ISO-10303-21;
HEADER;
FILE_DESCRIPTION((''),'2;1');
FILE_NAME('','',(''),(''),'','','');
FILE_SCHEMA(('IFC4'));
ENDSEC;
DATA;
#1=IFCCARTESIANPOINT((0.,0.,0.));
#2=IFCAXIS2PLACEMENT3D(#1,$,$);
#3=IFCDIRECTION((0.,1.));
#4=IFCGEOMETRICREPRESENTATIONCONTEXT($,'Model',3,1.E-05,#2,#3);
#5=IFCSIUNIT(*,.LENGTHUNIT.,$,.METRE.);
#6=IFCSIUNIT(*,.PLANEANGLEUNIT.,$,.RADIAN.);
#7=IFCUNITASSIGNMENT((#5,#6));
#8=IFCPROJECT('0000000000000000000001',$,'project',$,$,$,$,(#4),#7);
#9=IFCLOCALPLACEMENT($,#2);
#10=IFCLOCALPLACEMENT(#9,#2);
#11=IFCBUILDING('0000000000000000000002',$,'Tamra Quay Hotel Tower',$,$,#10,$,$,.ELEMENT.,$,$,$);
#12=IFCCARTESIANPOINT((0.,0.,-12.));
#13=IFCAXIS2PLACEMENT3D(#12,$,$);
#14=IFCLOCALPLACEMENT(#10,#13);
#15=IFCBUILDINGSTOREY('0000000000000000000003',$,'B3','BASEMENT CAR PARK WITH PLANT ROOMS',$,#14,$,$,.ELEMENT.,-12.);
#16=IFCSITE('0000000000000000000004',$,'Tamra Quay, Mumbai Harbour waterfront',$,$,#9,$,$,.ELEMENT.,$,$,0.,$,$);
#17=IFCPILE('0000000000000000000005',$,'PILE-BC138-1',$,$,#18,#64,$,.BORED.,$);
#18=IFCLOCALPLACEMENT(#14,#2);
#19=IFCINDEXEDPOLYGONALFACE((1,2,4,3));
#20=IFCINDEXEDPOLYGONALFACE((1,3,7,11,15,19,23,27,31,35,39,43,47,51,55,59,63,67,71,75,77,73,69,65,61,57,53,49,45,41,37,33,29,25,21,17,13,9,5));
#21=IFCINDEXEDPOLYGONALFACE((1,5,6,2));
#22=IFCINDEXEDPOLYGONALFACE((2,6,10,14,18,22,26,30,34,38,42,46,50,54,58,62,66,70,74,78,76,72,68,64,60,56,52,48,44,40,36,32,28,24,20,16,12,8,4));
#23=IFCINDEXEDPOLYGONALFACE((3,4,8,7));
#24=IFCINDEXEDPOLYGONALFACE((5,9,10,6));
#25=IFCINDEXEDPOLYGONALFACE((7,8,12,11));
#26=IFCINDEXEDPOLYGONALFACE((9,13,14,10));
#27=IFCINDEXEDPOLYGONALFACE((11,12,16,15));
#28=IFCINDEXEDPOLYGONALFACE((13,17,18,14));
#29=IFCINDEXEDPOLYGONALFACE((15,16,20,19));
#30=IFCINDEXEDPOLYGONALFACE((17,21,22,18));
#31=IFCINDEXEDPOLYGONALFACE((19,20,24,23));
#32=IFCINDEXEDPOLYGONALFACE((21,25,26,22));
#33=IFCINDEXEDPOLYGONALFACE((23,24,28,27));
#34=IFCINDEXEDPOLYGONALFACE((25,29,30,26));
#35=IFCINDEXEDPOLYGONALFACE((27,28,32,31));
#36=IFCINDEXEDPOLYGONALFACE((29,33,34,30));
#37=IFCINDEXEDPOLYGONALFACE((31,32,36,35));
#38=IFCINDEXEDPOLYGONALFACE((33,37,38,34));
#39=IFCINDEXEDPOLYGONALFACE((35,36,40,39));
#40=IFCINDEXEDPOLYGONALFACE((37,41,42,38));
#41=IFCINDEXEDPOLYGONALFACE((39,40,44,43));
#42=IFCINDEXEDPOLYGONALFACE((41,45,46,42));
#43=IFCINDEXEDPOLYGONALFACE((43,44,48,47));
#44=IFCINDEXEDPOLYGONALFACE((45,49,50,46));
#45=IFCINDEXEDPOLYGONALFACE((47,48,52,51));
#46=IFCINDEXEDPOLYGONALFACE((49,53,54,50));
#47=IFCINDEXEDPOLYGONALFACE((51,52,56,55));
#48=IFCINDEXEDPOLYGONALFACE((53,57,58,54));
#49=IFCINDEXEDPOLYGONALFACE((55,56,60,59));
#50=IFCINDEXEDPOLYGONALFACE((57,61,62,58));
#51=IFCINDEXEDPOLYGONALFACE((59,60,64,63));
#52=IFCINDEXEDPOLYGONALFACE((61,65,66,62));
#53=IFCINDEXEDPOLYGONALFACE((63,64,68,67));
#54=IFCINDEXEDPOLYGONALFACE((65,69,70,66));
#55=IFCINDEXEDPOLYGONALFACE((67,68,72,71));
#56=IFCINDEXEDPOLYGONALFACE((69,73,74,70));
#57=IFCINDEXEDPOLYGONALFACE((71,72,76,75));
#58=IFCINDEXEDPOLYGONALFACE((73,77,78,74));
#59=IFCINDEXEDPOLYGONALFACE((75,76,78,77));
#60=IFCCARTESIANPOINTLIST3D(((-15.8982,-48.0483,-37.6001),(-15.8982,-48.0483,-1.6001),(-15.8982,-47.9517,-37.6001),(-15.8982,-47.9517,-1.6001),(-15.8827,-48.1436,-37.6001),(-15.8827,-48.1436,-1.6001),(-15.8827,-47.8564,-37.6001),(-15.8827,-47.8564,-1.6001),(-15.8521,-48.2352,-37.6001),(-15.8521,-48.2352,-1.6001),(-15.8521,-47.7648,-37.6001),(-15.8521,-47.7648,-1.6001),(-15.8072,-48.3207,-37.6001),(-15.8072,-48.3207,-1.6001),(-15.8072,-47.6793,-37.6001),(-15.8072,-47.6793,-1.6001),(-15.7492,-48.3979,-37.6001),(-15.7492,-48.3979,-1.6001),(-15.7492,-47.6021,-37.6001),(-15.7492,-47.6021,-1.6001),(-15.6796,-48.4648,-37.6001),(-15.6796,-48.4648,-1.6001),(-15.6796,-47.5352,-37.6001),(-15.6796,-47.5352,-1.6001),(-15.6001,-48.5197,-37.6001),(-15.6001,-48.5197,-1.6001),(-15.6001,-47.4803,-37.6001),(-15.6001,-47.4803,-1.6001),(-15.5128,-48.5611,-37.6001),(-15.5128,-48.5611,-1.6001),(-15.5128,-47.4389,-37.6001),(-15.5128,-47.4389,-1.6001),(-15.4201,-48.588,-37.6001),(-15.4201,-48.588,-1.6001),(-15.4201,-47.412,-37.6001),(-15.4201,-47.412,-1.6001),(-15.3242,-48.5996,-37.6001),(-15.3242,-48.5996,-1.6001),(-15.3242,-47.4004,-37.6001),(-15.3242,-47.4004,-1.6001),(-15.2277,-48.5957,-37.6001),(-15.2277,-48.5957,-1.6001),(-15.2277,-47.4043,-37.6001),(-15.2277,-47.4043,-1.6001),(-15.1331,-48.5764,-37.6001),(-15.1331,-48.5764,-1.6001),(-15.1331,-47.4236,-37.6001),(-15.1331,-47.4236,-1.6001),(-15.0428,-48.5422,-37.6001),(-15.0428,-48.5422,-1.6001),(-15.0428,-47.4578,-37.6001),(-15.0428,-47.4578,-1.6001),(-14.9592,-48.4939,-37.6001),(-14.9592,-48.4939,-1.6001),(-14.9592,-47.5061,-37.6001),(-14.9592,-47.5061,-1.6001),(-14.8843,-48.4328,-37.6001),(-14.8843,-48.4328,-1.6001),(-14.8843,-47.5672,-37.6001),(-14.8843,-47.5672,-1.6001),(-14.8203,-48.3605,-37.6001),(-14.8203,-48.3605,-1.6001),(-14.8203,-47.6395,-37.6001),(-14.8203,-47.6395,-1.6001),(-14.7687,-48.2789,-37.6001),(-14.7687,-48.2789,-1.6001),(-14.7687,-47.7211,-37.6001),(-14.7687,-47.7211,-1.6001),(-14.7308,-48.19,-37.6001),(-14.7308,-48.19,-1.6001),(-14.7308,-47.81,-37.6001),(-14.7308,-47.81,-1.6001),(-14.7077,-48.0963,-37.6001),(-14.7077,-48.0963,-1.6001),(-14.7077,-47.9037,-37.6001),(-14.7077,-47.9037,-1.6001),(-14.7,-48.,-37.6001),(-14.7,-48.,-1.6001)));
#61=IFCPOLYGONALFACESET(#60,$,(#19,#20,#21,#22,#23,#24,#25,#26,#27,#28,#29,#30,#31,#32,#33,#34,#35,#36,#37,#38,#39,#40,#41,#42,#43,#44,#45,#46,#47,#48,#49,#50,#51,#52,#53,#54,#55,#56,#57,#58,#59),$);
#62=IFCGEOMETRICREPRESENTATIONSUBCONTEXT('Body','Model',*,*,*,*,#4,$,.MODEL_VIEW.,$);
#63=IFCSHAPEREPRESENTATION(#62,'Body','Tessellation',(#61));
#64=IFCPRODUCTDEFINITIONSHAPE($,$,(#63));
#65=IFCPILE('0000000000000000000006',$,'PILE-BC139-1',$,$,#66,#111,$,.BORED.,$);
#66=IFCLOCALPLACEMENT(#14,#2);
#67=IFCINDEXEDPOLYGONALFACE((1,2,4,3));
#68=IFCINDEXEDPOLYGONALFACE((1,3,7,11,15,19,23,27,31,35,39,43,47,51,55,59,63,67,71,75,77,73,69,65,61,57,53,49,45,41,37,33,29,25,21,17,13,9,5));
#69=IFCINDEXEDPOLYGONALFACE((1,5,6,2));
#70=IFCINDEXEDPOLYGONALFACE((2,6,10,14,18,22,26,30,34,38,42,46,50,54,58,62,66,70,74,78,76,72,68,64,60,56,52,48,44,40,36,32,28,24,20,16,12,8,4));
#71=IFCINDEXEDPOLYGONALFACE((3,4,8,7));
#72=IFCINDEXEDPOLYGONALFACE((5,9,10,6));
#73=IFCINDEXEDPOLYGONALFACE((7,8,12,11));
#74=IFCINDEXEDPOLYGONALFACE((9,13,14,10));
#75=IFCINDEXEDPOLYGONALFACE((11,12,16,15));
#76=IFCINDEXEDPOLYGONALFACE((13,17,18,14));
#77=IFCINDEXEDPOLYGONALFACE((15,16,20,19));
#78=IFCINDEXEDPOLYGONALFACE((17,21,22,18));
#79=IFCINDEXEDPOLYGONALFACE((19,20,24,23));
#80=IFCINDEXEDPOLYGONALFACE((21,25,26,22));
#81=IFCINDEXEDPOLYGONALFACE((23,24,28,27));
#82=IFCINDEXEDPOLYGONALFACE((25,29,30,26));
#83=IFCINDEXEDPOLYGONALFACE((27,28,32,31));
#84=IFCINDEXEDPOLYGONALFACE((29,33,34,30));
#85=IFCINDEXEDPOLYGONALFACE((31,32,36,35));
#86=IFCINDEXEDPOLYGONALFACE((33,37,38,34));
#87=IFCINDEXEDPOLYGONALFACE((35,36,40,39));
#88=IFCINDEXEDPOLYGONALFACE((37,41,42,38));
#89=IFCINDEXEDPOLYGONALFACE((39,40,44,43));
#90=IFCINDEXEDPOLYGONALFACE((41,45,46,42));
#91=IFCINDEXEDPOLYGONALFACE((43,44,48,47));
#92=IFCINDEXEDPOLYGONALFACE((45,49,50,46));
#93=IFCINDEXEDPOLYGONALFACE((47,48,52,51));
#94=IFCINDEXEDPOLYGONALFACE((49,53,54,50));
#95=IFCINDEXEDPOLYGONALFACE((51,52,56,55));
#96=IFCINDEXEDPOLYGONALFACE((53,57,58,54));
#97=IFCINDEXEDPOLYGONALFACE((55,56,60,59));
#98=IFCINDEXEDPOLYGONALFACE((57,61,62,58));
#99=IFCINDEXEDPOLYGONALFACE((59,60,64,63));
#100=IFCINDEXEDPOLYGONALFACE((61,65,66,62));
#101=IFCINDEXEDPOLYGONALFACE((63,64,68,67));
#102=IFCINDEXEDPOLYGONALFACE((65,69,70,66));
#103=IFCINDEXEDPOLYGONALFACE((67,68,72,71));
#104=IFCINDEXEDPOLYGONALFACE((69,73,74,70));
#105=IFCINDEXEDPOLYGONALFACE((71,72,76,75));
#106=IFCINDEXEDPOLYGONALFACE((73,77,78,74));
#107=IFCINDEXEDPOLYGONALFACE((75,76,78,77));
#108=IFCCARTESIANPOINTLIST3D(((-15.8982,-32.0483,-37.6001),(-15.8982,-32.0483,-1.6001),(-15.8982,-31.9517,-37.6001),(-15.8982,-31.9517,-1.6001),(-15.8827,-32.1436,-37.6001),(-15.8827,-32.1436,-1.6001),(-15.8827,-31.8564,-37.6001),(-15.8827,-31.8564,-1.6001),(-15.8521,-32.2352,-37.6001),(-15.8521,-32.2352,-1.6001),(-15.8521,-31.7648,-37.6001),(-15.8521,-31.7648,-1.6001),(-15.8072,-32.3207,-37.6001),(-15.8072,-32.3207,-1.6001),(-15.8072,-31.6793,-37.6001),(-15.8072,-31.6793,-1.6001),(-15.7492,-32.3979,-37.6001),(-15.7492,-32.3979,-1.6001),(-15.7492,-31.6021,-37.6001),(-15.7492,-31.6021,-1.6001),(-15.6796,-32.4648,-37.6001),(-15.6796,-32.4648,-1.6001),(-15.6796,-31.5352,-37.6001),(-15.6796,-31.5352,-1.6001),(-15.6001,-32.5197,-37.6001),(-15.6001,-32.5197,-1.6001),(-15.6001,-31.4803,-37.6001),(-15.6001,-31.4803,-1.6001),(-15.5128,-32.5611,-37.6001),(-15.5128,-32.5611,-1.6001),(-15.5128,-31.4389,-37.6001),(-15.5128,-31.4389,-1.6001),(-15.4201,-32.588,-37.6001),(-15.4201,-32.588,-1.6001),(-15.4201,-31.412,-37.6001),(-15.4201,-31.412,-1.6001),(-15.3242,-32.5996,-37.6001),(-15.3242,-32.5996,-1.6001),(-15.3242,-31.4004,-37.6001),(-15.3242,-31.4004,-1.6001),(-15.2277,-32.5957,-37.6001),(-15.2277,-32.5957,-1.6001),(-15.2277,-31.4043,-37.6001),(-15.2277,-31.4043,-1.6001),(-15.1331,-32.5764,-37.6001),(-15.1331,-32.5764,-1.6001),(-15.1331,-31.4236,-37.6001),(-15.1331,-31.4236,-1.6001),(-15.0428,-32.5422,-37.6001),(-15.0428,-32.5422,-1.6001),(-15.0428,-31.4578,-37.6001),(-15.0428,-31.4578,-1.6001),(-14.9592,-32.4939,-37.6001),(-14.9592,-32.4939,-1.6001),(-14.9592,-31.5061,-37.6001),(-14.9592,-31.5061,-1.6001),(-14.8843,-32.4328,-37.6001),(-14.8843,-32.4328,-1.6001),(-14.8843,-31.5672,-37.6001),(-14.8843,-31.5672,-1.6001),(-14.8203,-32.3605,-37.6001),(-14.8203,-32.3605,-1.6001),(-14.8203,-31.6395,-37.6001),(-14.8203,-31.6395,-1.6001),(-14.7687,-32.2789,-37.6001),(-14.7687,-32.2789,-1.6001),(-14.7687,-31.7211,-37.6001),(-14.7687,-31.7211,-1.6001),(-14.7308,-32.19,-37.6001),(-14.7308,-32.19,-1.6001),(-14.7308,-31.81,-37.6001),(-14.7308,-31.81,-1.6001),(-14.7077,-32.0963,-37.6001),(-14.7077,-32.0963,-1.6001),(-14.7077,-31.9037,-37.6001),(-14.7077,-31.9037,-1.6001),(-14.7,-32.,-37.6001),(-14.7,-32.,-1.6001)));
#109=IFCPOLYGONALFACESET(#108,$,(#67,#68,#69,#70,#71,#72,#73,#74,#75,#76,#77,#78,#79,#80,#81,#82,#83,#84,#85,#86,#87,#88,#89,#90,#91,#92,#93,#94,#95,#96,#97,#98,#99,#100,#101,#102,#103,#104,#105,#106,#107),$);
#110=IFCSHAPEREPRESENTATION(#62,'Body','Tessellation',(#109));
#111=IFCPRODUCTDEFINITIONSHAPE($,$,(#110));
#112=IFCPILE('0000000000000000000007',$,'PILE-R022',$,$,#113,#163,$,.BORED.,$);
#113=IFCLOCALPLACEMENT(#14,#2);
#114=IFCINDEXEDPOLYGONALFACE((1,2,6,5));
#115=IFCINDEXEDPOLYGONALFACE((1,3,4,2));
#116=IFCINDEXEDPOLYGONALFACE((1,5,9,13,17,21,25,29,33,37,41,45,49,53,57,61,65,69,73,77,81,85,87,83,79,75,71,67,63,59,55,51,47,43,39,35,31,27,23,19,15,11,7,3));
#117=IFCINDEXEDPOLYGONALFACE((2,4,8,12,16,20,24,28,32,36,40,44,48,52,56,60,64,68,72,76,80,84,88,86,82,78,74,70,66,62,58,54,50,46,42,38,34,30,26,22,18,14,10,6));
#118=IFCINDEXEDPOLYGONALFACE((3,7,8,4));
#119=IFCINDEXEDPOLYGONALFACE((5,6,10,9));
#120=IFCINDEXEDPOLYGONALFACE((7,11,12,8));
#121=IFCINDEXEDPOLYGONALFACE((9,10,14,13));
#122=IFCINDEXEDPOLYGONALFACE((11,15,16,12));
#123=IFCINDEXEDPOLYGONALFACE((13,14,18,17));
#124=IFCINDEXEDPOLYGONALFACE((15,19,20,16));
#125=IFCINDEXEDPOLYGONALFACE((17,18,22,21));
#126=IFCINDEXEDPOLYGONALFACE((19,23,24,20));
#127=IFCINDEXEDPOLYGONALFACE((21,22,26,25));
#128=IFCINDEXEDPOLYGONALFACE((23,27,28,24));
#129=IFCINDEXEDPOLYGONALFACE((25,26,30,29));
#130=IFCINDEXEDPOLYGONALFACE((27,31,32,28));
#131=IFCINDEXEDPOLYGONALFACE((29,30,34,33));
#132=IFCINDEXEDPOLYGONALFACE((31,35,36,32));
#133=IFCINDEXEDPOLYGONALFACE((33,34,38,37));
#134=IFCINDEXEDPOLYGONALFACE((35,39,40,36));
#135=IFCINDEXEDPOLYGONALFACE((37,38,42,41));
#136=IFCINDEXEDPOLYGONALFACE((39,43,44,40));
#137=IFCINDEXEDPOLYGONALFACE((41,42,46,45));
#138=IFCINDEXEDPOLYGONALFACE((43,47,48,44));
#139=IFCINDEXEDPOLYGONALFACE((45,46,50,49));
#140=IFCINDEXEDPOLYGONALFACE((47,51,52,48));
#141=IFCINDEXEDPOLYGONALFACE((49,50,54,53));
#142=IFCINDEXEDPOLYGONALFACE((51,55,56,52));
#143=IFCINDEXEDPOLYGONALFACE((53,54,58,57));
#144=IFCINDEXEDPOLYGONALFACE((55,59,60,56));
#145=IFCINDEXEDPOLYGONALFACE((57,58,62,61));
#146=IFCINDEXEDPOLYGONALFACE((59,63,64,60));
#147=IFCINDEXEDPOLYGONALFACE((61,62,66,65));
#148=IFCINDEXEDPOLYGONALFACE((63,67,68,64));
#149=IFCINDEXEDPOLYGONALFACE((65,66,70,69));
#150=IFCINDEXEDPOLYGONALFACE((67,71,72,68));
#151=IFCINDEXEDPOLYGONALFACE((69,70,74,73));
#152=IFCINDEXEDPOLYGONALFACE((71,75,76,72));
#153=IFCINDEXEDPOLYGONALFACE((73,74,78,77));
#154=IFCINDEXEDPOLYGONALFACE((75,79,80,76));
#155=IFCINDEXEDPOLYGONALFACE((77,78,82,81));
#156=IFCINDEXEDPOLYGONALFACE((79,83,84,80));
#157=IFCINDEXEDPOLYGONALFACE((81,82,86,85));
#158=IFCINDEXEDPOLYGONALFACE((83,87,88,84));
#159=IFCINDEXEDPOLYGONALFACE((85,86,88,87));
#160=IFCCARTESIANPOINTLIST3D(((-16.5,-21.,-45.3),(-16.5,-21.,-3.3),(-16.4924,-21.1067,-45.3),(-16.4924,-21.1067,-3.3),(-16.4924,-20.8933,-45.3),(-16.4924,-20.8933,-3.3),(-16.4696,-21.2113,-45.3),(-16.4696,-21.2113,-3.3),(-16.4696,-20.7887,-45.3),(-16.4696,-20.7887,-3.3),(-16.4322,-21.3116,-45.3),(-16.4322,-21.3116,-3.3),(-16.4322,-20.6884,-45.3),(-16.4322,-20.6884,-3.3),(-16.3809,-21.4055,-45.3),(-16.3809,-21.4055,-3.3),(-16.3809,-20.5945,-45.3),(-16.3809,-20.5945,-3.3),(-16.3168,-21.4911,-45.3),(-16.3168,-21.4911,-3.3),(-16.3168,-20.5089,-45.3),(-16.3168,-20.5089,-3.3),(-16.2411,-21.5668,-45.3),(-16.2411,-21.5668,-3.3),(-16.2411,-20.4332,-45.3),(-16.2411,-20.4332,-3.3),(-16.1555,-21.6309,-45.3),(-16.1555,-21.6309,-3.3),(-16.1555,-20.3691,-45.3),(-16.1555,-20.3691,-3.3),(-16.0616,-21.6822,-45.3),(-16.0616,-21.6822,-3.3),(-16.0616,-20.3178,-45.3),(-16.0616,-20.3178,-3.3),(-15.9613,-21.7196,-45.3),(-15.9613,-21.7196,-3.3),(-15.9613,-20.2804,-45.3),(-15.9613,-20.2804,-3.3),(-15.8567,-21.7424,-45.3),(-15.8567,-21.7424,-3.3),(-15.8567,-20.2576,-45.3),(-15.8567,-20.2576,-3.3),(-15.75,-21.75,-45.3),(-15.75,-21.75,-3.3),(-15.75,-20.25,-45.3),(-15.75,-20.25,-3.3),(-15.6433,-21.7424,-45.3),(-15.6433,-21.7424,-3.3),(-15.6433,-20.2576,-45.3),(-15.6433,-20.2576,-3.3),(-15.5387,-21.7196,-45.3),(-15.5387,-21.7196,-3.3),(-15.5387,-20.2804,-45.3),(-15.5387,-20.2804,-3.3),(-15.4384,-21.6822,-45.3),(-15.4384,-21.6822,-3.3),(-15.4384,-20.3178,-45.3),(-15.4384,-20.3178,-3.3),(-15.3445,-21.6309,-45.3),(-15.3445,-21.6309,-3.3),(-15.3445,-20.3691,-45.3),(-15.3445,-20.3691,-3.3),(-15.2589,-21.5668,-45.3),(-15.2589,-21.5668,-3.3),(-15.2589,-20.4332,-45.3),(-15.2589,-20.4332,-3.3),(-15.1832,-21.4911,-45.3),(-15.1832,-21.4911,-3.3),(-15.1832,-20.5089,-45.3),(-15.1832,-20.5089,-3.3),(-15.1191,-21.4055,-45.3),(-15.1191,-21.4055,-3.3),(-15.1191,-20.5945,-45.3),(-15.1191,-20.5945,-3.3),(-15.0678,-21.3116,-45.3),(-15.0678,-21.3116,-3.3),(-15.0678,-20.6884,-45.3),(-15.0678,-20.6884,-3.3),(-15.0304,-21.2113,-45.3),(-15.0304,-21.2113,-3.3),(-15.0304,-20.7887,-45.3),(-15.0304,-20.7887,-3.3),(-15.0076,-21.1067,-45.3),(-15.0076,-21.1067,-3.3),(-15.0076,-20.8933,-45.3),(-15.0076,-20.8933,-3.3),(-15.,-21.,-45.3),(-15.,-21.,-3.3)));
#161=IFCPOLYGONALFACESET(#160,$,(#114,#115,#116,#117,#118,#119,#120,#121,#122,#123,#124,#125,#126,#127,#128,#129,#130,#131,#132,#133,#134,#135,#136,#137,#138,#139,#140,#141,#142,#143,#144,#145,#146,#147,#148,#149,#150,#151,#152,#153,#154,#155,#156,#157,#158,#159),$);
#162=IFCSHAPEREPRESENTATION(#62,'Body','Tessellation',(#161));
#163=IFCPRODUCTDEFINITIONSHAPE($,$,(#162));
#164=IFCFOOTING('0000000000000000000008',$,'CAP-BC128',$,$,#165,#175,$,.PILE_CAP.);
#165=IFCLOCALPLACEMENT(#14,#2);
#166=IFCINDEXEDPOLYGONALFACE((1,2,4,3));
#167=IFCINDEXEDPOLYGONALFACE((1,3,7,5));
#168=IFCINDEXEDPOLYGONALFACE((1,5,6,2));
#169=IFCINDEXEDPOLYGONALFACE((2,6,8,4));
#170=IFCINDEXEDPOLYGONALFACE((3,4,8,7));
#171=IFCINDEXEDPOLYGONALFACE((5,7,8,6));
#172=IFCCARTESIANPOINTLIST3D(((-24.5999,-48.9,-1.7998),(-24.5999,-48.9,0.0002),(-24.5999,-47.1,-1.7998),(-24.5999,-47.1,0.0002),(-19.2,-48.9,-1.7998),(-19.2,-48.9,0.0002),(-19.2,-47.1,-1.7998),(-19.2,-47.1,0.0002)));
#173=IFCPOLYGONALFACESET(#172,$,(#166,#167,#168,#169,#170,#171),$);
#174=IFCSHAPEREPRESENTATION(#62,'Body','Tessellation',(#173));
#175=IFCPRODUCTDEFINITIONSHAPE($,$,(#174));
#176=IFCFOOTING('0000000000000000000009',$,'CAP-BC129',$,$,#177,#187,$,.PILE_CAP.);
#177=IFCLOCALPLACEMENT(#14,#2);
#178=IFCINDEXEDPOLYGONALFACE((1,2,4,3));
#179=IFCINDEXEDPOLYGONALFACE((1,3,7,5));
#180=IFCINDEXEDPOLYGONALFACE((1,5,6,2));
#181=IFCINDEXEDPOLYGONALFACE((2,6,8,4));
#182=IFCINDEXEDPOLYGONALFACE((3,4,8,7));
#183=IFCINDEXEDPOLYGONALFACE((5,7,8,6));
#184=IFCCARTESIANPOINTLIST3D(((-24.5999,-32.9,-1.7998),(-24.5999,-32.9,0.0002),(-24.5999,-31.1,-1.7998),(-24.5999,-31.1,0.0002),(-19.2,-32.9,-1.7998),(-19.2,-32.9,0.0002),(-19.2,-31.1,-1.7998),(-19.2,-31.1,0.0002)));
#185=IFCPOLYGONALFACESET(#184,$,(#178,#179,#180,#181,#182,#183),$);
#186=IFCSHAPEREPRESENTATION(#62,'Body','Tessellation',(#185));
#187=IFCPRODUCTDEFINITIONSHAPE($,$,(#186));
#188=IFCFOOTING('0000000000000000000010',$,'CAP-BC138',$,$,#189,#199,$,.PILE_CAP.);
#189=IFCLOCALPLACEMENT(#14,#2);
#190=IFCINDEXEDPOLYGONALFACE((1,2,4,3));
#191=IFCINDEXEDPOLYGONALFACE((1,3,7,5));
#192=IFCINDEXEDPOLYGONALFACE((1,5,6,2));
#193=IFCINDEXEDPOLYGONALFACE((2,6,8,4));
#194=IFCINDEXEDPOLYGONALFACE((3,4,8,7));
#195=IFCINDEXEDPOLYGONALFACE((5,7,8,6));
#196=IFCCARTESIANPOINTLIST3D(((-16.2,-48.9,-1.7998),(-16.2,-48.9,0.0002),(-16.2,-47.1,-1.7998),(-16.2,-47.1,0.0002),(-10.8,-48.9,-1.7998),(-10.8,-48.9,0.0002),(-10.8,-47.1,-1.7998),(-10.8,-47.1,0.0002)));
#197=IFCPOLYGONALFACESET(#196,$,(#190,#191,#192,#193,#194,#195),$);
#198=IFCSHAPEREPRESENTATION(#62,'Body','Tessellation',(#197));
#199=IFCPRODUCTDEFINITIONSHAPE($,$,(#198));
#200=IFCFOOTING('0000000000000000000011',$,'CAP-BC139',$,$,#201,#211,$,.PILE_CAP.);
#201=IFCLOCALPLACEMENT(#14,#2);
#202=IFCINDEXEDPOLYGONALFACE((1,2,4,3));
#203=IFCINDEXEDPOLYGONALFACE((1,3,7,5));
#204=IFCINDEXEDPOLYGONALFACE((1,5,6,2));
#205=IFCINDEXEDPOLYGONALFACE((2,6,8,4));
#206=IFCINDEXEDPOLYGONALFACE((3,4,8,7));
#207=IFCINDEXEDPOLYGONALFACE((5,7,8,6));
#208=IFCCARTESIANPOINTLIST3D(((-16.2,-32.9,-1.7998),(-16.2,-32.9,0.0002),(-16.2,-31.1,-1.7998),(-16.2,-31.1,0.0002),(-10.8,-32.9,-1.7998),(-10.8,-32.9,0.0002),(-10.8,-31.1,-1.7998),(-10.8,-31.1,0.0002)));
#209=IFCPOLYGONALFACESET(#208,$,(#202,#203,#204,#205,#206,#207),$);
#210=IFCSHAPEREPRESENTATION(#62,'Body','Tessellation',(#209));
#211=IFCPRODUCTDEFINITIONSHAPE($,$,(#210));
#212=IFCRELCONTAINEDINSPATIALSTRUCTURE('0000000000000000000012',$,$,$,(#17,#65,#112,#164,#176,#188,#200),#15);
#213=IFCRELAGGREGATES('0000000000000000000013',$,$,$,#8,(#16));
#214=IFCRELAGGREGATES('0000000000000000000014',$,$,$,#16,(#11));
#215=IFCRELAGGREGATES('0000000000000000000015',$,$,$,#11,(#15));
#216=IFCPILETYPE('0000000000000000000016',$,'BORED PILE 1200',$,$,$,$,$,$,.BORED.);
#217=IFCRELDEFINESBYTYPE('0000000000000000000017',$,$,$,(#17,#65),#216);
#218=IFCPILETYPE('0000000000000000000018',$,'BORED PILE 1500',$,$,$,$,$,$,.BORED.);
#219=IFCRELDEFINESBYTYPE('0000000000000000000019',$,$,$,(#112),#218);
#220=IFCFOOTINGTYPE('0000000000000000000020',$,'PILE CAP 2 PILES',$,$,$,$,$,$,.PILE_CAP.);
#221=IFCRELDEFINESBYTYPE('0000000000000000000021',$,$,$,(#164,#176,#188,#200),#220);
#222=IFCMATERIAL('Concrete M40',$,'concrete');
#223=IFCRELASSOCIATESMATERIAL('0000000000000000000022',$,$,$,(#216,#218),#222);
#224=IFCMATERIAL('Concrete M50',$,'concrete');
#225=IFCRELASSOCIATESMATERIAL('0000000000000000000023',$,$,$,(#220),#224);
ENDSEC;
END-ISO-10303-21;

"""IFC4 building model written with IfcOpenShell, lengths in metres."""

from ifc_helpers import new_model, si_unit, direction, frame, origin, origin_2d, place, context, subcontext, project, spatial, rectangle, circle, extrude, material, material_profile, profile_set, type_object, element, save


model = new_model("IFC4")

# Units and contexts
model_context = context("Model", 3, precision=1e-05, world=origin(), true_north=direction((0.0, 1.0)))
body_context = subcontext(model_context, "Body", "Model", "MODEL_VIEW")
ifc_project = project(units=[si_unit("LENGTHUNIT", "METRE"), si_unit("PLANEANGLEUNIT", "RADIAN")], contexts=[model_context])

# Site, building, storey
site_placement = place(None, origin())
site = spatial("IfcSite", under=ifc_project, at=site_placement, Name="Tamra Quay, Mumbai Harbour waterfront", CompositionType="ELEMENT", RefElevation=0.0)
building_placement = place(site_placement, origin())
building = spatial("IfcBuilding", under=site, at=building_placement, Name="Tamra Quay Hotel Tower", CompositionType="ELEMENT")
storey_placement = place(building_placement, frame((0.0, 0.0, -12.0)))
storey = spatial("IfcBuildingStorey", under=building, at=storey_placement, Name="B3", Description="BASEMENT CAR PARK WITH PLANT ROOMS", CompositionType="ELEMENT", Elevation=-12.0)

# Piles
ifc_material_1 = material(Name="Concrete M40", Category="concrete")
ifc_material_profile_1 = material_profile(ifc_material_1, circle(Radius=0.6001, at=origin_2d()), Name="BORED PILE 1200")
ifc_profile_set_1 = profile_set([ifc_material_profile_1], Name="Concrete M40")
pile_type_1 = type_object("IfcPileType", Name="BORED PILE 1200", PredefinedType="BORED", material=ifc_profile_set_1)
for number, where, z_axis, x_axis, name in (
    (1, (-15.3, -48.0, -1.6001), (0.0, 0.0, -1.0), (1.0, 0.0, 0.0), "PILE-BC138-1"),
    (2, (-15.3, -32.0, -1.6001), (0.0, 0.0, -1.0), (1.0, 0.0, 0.0), "PILE-BC139-1"),
):
    element("IfcPile", number, at=place(storey_placement, frame(where, z_axis=z_axis, x_axis=x_axis)), inside=storey, type_object=pile_type_1, Name=name, PredefinedType="BORED", context=body_context, shape_type="SweptSolid", body=[
        extrude(circle(Radius=0.6001, at=origin_2d()), origin(), (0.0, 0.0, 1.0), 36.0),
    ])
ifc_material_profile_2 = material_profile(ifc_material_1, circle(Radius=0.75, at=origin_2d()), Name="BORED PILE 1500")
ifc_profile_set_2 = profile_set([ifc_material_profile_2], Name="Concrete M40")
pile_type_2 = type_object("IfcPileType", Name="BORED PILE 1500", PredefinedType="BORED", material=ifc_profile_set_2)
pile_placement = place(storey_placement, frame((-15.75, -21.0, -3.3), z_axis=(0.0, 0.0, -1.0), x_axis=(1.0, 0.0, 0.0)))
element("IfcPile", 3, at=pile_placement, inside=storey, type_object=pile_type_2, Name="PILE-R022", PredefinedType="BORED", context=body_context, shape_type="SweptSolid", body=[
    extrude(circle(Radius=0.75, at=origin_2d()), origin(), (0.0, 0.0, 1.0), 42.0),
])

# Footings
ifc_material_2 = material(Name="Concrete M50", Category="concrete")
footing_type = type_object("IfcFootingType", Name="PILE CAP 2 PILES", PredefinedType="PILE_CAP", material=ifc_material_2)
for number, where, z_axis, x_axis, name in (
    (4, (-21.8999, -48.0, -1.7998), (0.0, 0.0, 1.0), (1.0, 0.0, 0.0), "CAP-BC128"),
    (5, (-21.8999, -32.0, -1.7998), (0.0, 0.0, 1.0), (1.0, 0.0, 0.0), "CAP-BC129"),
    (6, (-13.5, -48.0, -1.7998), (0.0, 0.0, 1.0), (1.0, 0.0, 0.0), "CAP-BC138"),
    (7, (-13.5, -32.0, -1.7998), (0.0, 0.0, 1.0), (1.0, 0.0, 0.0), "CAP-BC139"),
):
    element("IfcFooting", number, at=place(storey_placement, frame(where, z_axis=z_axis, x_axis=x_axis)), inside=storey, type_object=footing_type, Name=name, PredefinedType="PILE_CAP", context=body_context, shape_type="SweptSolid", body=[
        extrude(rectangle(XDim=5.3999, YDim=1.8, at=origin_2d()), origin(), (0.0, 0.0, 1.0), 1.8),
    ])

save(model, "model.ifc")
